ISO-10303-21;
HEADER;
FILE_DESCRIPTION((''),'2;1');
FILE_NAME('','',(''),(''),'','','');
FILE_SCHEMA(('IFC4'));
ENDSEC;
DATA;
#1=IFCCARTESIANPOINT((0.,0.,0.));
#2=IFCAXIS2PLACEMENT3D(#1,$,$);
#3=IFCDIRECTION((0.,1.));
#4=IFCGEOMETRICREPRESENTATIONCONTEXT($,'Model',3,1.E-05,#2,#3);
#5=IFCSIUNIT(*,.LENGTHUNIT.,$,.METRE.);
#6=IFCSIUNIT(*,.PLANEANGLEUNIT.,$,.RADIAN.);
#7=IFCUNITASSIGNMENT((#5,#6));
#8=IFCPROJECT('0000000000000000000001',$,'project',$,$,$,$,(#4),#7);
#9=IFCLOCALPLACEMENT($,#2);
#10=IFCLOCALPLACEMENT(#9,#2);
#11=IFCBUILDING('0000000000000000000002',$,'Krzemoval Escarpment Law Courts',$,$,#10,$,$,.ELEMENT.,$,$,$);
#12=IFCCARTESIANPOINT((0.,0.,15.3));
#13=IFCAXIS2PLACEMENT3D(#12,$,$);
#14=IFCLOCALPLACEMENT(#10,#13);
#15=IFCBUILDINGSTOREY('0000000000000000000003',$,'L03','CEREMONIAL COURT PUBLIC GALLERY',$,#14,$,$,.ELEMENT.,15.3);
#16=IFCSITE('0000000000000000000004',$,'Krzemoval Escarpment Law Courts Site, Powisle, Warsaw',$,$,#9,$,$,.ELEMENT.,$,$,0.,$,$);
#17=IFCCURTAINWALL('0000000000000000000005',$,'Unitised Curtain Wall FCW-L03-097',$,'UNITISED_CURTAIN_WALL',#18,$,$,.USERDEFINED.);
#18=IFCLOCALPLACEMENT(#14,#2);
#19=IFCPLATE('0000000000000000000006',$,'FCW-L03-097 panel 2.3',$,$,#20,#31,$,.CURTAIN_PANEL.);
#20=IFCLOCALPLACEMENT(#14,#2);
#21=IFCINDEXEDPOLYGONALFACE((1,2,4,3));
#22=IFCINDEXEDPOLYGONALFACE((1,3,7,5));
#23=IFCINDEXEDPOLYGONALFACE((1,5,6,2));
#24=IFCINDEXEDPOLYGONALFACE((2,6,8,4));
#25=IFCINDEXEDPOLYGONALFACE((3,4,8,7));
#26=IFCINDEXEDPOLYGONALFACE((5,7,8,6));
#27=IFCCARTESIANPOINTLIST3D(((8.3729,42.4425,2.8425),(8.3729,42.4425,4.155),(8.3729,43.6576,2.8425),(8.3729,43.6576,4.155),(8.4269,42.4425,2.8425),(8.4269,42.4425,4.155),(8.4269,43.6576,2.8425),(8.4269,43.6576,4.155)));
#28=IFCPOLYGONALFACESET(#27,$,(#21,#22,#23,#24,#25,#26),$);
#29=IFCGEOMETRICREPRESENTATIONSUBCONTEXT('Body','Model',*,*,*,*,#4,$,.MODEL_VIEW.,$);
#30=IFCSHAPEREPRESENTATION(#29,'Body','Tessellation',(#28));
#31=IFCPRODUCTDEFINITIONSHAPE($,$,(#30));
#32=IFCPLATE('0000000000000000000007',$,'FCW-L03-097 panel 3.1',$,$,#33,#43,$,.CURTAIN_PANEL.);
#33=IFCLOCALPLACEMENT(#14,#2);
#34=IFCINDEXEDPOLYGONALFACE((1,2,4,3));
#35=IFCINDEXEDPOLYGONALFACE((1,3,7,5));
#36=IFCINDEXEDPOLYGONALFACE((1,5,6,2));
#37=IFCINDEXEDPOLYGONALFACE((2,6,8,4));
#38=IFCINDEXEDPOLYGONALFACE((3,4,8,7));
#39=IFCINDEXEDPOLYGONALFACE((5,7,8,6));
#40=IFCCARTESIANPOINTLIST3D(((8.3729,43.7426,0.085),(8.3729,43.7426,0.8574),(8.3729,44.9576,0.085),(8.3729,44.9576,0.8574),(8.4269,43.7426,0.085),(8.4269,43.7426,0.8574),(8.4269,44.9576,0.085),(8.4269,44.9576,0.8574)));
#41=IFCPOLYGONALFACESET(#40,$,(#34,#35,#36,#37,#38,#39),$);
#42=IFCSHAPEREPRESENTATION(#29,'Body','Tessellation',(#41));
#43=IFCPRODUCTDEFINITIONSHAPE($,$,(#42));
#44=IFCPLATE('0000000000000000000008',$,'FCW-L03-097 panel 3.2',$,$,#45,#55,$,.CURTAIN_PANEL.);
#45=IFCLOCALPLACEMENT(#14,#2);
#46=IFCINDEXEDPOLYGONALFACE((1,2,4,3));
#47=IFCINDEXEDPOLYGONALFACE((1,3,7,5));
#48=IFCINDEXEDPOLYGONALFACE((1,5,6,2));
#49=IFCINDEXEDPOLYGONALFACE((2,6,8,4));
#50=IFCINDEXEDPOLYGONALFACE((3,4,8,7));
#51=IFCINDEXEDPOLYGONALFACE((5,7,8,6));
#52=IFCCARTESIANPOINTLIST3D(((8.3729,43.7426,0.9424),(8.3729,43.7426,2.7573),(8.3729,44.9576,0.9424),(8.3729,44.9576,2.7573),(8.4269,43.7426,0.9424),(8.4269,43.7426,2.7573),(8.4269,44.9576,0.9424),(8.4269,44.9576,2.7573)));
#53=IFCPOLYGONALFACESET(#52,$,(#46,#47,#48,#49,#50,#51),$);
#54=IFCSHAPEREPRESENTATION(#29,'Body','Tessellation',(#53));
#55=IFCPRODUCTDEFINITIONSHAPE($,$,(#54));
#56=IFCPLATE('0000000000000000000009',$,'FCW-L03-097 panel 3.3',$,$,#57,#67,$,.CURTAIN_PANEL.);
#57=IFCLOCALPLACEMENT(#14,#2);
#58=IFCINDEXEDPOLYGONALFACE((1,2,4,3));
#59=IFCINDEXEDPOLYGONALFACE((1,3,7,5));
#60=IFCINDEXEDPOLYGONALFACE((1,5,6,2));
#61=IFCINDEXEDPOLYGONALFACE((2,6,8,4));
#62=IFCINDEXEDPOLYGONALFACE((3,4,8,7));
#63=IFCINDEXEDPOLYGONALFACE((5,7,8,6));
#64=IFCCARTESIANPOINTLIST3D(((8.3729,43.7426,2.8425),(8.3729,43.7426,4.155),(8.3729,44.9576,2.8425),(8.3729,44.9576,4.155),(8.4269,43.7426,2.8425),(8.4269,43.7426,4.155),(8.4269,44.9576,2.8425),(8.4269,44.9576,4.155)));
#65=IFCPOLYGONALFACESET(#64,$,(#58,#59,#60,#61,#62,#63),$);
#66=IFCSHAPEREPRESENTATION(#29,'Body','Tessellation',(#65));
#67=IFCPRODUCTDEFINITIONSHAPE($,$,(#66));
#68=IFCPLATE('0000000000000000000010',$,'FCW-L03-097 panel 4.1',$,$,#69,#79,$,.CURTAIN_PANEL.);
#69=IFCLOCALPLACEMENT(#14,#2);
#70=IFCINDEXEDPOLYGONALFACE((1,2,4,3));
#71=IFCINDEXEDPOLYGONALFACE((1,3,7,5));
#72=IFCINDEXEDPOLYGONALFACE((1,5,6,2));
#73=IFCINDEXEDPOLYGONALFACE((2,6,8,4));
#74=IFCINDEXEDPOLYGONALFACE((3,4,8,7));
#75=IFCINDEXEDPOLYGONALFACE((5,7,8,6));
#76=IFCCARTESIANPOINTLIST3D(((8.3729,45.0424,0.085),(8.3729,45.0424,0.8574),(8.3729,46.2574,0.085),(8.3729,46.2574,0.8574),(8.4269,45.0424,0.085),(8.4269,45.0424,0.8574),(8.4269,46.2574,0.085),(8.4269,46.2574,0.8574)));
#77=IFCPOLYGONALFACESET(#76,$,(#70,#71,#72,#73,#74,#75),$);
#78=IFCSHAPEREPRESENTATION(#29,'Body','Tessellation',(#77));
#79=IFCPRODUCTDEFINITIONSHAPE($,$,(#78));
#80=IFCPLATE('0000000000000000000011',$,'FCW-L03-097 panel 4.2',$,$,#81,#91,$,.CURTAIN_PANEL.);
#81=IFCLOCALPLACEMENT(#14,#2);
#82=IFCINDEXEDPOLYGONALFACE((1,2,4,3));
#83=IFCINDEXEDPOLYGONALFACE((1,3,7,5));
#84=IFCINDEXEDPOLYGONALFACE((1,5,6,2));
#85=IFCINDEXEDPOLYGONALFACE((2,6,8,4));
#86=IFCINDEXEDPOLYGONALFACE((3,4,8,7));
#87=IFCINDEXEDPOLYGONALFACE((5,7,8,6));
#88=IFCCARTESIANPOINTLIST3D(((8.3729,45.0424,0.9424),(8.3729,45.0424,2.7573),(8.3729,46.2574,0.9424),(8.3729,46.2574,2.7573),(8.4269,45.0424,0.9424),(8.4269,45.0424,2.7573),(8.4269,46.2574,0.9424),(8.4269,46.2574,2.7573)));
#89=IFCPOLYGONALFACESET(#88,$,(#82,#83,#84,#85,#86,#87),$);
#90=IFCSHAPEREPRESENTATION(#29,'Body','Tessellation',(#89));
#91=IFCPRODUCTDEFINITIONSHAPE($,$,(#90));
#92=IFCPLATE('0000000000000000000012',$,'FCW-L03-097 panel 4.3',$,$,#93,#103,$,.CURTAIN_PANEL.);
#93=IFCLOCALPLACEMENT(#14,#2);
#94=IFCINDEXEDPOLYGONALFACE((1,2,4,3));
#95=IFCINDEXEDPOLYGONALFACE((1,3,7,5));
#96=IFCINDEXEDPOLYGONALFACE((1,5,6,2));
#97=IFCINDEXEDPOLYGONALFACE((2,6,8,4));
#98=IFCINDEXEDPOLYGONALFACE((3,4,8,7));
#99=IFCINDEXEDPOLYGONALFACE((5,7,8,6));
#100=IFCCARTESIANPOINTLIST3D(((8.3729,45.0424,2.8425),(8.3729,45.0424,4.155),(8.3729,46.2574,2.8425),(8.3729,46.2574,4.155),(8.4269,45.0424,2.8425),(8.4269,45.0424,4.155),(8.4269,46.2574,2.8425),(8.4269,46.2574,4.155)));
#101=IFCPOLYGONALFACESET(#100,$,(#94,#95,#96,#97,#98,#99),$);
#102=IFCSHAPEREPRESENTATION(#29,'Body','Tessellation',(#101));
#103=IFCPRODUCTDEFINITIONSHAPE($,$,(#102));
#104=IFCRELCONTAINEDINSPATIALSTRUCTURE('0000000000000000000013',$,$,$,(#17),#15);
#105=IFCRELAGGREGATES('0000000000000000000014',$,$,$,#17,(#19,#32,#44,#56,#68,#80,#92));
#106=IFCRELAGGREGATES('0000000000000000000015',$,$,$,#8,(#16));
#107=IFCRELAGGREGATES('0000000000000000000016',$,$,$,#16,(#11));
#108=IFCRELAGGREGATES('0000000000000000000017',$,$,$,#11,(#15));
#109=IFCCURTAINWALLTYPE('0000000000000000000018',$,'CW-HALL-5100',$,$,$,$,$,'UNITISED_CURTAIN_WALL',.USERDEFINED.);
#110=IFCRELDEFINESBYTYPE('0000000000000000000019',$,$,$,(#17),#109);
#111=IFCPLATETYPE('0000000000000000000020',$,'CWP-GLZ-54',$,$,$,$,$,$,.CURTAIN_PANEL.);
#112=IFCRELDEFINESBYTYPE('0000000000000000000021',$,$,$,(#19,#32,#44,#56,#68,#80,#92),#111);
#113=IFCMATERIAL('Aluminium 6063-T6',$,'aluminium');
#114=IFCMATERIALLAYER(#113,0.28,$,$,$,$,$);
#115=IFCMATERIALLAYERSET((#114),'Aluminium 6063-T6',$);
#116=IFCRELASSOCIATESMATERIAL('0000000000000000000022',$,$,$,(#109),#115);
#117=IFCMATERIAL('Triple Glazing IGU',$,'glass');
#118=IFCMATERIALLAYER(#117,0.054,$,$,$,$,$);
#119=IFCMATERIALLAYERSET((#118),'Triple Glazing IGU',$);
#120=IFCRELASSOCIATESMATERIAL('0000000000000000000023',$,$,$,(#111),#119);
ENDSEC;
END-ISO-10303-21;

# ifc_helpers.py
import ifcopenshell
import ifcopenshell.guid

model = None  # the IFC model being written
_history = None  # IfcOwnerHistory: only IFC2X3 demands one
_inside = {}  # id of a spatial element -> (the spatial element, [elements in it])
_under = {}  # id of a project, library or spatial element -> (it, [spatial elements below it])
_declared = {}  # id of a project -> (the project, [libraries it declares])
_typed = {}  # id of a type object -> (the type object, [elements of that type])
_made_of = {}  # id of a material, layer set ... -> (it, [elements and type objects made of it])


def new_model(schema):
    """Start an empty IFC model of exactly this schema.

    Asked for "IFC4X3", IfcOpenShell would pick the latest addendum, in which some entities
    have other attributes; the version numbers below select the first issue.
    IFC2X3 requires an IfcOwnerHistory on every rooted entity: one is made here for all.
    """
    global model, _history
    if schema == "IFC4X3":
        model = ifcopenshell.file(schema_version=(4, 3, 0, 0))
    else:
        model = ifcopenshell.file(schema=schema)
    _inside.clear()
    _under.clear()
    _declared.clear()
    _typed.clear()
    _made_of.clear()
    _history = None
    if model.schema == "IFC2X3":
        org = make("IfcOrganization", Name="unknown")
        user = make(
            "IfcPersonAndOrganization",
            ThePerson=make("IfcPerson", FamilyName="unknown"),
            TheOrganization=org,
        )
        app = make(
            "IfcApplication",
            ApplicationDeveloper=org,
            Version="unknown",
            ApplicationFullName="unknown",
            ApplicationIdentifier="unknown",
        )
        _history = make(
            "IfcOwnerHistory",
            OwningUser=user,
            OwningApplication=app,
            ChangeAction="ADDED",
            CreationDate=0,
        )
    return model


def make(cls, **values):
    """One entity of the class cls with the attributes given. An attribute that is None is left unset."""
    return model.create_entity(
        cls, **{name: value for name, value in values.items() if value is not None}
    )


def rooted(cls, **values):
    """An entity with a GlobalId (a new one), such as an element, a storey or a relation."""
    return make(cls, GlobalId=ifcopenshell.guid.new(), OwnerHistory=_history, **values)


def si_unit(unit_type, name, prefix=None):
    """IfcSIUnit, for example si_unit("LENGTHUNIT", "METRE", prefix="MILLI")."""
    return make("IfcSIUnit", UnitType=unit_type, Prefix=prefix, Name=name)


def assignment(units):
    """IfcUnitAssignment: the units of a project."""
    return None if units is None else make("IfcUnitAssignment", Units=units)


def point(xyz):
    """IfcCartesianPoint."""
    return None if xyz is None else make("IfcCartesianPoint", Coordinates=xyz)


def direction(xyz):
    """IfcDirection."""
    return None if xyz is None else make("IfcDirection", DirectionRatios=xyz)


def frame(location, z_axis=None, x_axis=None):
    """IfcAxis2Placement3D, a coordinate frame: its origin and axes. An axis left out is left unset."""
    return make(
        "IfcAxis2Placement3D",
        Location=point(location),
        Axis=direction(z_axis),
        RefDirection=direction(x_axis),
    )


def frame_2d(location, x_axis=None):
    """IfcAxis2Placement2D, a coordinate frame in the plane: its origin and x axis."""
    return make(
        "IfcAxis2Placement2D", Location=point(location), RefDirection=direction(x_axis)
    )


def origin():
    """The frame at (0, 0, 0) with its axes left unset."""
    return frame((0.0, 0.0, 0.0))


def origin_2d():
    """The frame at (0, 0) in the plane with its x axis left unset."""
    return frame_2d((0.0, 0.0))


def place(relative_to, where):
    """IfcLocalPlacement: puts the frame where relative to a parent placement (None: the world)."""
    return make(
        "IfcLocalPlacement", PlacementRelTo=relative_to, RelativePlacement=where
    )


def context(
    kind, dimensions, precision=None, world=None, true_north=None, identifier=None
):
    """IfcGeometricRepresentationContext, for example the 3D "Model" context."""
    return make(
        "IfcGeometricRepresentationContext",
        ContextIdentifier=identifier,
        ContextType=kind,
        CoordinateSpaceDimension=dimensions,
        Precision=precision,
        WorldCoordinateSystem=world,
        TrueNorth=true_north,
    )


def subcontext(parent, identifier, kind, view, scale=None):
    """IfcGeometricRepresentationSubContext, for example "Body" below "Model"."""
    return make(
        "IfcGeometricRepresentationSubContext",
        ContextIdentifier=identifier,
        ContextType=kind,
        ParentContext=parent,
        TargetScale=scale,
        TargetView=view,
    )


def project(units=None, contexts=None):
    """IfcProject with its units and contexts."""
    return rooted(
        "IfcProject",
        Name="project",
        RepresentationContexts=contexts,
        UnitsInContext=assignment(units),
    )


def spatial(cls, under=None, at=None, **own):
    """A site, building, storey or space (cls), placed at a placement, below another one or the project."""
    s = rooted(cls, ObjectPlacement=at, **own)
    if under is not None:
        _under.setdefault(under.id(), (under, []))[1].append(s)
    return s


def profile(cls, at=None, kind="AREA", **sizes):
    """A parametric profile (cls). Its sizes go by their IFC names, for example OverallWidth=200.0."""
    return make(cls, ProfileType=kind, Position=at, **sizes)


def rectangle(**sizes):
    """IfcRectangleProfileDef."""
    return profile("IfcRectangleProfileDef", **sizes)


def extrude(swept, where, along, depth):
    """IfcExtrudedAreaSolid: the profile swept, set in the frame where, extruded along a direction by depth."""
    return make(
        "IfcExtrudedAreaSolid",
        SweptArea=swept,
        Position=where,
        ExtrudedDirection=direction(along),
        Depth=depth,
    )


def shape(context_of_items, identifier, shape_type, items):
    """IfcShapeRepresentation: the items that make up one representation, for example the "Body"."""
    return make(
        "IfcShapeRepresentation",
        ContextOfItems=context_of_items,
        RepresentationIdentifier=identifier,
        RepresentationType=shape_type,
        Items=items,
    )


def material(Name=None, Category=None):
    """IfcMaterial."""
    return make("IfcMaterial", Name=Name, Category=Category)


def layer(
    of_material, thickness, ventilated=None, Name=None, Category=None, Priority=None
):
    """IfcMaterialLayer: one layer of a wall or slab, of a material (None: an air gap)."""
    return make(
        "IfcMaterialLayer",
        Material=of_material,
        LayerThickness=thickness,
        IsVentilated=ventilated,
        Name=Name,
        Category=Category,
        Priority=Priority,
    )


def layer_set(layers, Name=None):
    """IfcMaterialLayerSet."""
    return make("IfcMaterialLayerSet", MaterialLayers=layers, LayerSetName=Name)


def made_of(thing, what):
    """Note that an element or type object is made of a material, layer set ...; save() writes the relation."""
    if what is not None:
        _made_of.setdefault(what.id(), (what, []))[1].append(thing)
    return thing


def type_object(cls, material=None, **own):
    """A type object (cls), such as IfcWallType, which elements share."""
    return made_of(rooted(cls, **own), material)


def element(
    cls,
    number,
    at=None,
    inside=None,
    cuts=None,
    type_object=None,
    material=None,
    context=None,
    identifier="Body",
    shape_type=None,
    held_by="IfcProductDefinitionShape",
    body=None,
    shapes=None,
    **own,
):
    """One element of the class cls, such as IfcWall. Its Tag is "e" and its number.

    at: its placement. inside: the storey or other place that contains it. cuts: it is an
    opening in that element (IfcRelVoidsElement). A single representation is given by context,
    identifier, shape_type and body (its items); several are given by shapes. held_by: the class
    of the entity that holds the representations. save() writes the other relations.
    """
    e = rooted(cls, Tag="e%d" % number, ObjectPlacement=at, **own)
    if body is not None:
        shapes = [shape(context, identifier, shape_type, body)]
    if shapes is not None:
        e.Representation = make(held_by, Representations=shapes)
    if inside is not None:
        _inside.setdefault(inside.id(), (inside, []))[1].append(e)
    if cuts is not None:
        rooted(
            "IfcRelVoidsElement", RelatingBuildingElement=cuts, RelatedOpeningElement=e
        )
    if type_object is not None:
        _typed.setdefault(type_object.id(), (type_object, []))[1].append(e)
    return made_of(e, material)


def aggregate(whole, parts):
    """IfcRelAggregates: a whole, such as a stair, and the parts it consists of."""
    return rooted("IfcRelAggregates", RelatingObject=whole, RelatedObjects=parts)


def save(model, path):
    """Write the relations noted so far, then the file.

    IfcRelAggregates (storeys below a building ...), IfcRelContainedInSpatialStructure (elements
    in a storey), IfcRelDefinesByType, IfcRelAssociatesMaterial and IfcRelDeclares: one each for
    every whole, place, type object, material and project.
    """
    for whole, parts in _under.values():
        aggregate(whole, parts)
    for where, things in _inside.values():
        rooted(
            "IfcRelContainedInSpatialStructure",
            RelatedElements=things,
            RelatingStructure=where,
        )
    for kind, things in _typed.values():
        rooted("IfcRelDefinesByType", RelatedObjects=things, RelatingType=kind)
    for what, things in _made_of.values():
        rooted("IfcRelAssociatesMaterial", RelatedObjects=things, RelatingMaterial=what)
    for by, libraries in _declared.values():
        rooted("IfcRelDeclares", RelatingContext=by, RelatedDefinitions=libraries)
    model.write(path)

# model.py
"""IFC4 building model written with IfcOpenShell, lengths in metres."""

from ifc_helpers import new_model, si_unit, direction, frame, origin, origin_2d, place, context, subcontext, project, spatial, rectangle, extrude, material, layer, layer_set, type_object, element, aggregate, save


model = new_model("IFC4")

# Units and contexts
model_context = context("Model", 3, precision=1e-05, world=origin(), true_north=direction((0.0, 1.0)))
body_context = subcontext(model_context, "Body", "Model", "MODEL_VIEW")
ifc_project = project(units=[si_unit("LENGTHUNIT", "METRE"), si_unit("PLANEANGLEUNIT", "RADIAN")], contexts=[model_context])

# Site, building, storey
site_placement = place(None, origin())
site = spatial("IfcSite", under=ifc_project, at=site_placement, Name="Krzemoval Escarpment Law Courts Site, Powisle, Warsaw", CompositionType="ELEMENT", RefElevation=0.0)
building_placement = place(site_placement, origin())
building = spatial("IfcBuilding", under=site, at=building_placement, Name="Krzemoval Escarpment Law Courts", CompositionType="ELEMENT")
storey_placement = place(building_placement, frame((0.0, 0.0, 15.3)))
storey = spatial("IfcBuildingStorey", under=building, at=storey_placement, Name="L03", Description="CEREMONIAL COURT PUBLIC GALLERY", CompositionType="ELEMENT", Elevation=15.3)

# Curtain wall, plates
ifc_material_1 = material(Name="Aluminium 6063-T6", Category="aluminium")
ifc_layer_1 = layer(ifc_material_1, 0.28)
ifc_layer_set_1 = layer_set([ifc_layer_1], Name="Aluminium 6063-T6")
curtain_wall_type = type_object("IfcCurtainWallType", Name="CW-HALL-5100", ElementType="UNITISED_CURTAIN_WALL", PredefinedType="USERDEFINED", material=ifc_layer_set_1)
curtain_wall_placement = place(storey_placement, origin())
curtain_wall = element("IfcCurtainWall", 1, at=curtain_wall_placement, inside=storey, type_object=curtain_wall_type, Name="Unitised Curtain Wall FCW-L03-097", ObjectType="UNITISED_CURTAIN_WALL", PredefinedType="USERDEFINED")
ifc_material_2 = material(Name="Triple Glazing IGU", Category="glass")
ifc_layer_2 = layer(ifc_material_2, 0.054)
ifc_layer_set_2 = layer_set([ifc_layer_2], Name="Triple Glazing IGU")
plate_type = type_object("IfcPlateType", Name="CWP-GLZ-54", PredefinedType="CURTAIN_PANEL", material=ifc_layer_set_2)
plate_1_placement = place(storey_placement, frame((8.3999, 43.05, 2.8425), z_axis=(0.0, 0.0, 1.0), x_axis=(0.0, 1.0, 0.0)))
plate_1 = element("IfcPlate", 2, at=plate_1_placement, type_object=plate_type, Name="FCW-L03-097 panel 2.3", PredefinedType="CURTAIN_PANEL", context=body_context, shape_type="SweptSolid", body=[
    extrude(rectangle(XDim=1.2151, YDim=0.054, at=origin_2d()), origin(), (0.0, 0.0, 1.0), 1.3125),
])
plate_2_placement = place(storey_placement, frame((8.3999, 44.3501, 0.085), z_axis=(0.0, 0.0, 1.0), x_axis=(0.0, 1.0, 0.0)))
plate_2 = element("IfcPlate", 3, at=plate_2_placement, type_object=plate_type, Name="FCW-L03-097 panel 3.1", PredefinedType="CURTAIN_PANEL", context=body_context, shape_type="SweptSolid", body=[
    extrude(rectangle(XDim=1.2151, YDim=0.054, at=origin_2d()), origin(), (0.0, 0.0, 1.0), 0.7725),
])
plate_3_placement = place(storey_placement, frame((8.3999, 44.3501, 0.9424), z_axis=(0.0, 0.0, 1.0), x_axis=(0.0, 1.0, 0.0)))
plate_3 = element("IfcPlate", 4, at=plate_3_placement, type_object=plate_type, Name="FCW-L03-097 panel 3.2", PredefinedType="CURTAIN_PANEL", context=body_context, shape_type="SweptSolid", body=[
    extrude(rectangle(XDim=1.2151, YDim=0.054, at=origin_2d()), origin(), (0.0, 0.0, 1.0), 1.8149),
])
plate_4_placement = place(storey_placement, frame((8.3999, 44.3501, 2.8425), z_axis=(0.0, 0.0, 1.0), x_axis=(0.0, 1.0, 0.0)))
plate_4 = element("IfcPlate", 5, at=plate_4_placement, type_object=plate_type, Name="FCW-L03-097 panel 3.3", PredefinedType="CURTAIN_PANEL", context=body_context, shape_type="SweptSolid", body=[
    extrude(rectangle(XDim=1.2151, YDim=0.054, at=origin_2d()), origin(), (0.0, 0.0, 1.0), 1.3125),
])
plate_5_placement = place(storey_placement, frame((8.3999, 45.6499, 0.085), z_axis=(0.0, 0.0, 1.0), x_axis=(0.0, 1.0, 0.0)))
plate_5 = element("IfcPlate", 6, at=plate_5_placement, type_object=plate_type, Name="FCW-L03-097 panel 4.1", PredefinedType="CURTAIN_PANEL", context=body_context, shape_type="SweptSolid", body=[
    extrude(rectangle(XDim=1.2151, YDim=0.054, at=origin_2d()), origin(), (0.0, 0.0, 1.0), 0.7725),
])
plate_6_placement = place(storey_placement, frame((8.3999, 45.6499, 0.9424), z_axis=(0.0, 0.0, 1.0), x_axis=(0.0, 1.0, 0.0)))
plate_6 = element("IfcPlate", 7, at=plate_6_placement, type_object=plate_type, Name="FCW-L03-097 panel 4.2", PredefinedType="CURTAIN_PANEL", context=body_context, shape_type="SweptSolid", body=[
    extrude(rectangle(XDim=1.2151, YDim=0.054, at=origin_2d()), origin(), (0.0, 0.0, 1.0), 1.8149),
])
plate_7_placement = place(storey_placement, frame((8.3999, 45.6499, 2.8425), z_axis=(0.0, 0.0, 1.0), x_axis=(0.0, 1.0, 0.0)))
plate_7 = element("IfcPlate", 8, at=plate_7_placement, type_object=plate_type, Name="FCW-L03-097 panel 4.3", PredefinedType="CURTAIN_PANEL", context=body_context, shape_type="SweptSolid", body=[
    extrude(rectangle(XDim=1.2151, YDim=0.054, at=origin_2d()), origin(), (0.0, 0.0, 1.0), 1.3125),
])
aggregate(curtain_wall, [plate_1, plate_2, plate_3, plate_4, plate_5, plate_6, plate_7])

save(model, "model.ifc")
